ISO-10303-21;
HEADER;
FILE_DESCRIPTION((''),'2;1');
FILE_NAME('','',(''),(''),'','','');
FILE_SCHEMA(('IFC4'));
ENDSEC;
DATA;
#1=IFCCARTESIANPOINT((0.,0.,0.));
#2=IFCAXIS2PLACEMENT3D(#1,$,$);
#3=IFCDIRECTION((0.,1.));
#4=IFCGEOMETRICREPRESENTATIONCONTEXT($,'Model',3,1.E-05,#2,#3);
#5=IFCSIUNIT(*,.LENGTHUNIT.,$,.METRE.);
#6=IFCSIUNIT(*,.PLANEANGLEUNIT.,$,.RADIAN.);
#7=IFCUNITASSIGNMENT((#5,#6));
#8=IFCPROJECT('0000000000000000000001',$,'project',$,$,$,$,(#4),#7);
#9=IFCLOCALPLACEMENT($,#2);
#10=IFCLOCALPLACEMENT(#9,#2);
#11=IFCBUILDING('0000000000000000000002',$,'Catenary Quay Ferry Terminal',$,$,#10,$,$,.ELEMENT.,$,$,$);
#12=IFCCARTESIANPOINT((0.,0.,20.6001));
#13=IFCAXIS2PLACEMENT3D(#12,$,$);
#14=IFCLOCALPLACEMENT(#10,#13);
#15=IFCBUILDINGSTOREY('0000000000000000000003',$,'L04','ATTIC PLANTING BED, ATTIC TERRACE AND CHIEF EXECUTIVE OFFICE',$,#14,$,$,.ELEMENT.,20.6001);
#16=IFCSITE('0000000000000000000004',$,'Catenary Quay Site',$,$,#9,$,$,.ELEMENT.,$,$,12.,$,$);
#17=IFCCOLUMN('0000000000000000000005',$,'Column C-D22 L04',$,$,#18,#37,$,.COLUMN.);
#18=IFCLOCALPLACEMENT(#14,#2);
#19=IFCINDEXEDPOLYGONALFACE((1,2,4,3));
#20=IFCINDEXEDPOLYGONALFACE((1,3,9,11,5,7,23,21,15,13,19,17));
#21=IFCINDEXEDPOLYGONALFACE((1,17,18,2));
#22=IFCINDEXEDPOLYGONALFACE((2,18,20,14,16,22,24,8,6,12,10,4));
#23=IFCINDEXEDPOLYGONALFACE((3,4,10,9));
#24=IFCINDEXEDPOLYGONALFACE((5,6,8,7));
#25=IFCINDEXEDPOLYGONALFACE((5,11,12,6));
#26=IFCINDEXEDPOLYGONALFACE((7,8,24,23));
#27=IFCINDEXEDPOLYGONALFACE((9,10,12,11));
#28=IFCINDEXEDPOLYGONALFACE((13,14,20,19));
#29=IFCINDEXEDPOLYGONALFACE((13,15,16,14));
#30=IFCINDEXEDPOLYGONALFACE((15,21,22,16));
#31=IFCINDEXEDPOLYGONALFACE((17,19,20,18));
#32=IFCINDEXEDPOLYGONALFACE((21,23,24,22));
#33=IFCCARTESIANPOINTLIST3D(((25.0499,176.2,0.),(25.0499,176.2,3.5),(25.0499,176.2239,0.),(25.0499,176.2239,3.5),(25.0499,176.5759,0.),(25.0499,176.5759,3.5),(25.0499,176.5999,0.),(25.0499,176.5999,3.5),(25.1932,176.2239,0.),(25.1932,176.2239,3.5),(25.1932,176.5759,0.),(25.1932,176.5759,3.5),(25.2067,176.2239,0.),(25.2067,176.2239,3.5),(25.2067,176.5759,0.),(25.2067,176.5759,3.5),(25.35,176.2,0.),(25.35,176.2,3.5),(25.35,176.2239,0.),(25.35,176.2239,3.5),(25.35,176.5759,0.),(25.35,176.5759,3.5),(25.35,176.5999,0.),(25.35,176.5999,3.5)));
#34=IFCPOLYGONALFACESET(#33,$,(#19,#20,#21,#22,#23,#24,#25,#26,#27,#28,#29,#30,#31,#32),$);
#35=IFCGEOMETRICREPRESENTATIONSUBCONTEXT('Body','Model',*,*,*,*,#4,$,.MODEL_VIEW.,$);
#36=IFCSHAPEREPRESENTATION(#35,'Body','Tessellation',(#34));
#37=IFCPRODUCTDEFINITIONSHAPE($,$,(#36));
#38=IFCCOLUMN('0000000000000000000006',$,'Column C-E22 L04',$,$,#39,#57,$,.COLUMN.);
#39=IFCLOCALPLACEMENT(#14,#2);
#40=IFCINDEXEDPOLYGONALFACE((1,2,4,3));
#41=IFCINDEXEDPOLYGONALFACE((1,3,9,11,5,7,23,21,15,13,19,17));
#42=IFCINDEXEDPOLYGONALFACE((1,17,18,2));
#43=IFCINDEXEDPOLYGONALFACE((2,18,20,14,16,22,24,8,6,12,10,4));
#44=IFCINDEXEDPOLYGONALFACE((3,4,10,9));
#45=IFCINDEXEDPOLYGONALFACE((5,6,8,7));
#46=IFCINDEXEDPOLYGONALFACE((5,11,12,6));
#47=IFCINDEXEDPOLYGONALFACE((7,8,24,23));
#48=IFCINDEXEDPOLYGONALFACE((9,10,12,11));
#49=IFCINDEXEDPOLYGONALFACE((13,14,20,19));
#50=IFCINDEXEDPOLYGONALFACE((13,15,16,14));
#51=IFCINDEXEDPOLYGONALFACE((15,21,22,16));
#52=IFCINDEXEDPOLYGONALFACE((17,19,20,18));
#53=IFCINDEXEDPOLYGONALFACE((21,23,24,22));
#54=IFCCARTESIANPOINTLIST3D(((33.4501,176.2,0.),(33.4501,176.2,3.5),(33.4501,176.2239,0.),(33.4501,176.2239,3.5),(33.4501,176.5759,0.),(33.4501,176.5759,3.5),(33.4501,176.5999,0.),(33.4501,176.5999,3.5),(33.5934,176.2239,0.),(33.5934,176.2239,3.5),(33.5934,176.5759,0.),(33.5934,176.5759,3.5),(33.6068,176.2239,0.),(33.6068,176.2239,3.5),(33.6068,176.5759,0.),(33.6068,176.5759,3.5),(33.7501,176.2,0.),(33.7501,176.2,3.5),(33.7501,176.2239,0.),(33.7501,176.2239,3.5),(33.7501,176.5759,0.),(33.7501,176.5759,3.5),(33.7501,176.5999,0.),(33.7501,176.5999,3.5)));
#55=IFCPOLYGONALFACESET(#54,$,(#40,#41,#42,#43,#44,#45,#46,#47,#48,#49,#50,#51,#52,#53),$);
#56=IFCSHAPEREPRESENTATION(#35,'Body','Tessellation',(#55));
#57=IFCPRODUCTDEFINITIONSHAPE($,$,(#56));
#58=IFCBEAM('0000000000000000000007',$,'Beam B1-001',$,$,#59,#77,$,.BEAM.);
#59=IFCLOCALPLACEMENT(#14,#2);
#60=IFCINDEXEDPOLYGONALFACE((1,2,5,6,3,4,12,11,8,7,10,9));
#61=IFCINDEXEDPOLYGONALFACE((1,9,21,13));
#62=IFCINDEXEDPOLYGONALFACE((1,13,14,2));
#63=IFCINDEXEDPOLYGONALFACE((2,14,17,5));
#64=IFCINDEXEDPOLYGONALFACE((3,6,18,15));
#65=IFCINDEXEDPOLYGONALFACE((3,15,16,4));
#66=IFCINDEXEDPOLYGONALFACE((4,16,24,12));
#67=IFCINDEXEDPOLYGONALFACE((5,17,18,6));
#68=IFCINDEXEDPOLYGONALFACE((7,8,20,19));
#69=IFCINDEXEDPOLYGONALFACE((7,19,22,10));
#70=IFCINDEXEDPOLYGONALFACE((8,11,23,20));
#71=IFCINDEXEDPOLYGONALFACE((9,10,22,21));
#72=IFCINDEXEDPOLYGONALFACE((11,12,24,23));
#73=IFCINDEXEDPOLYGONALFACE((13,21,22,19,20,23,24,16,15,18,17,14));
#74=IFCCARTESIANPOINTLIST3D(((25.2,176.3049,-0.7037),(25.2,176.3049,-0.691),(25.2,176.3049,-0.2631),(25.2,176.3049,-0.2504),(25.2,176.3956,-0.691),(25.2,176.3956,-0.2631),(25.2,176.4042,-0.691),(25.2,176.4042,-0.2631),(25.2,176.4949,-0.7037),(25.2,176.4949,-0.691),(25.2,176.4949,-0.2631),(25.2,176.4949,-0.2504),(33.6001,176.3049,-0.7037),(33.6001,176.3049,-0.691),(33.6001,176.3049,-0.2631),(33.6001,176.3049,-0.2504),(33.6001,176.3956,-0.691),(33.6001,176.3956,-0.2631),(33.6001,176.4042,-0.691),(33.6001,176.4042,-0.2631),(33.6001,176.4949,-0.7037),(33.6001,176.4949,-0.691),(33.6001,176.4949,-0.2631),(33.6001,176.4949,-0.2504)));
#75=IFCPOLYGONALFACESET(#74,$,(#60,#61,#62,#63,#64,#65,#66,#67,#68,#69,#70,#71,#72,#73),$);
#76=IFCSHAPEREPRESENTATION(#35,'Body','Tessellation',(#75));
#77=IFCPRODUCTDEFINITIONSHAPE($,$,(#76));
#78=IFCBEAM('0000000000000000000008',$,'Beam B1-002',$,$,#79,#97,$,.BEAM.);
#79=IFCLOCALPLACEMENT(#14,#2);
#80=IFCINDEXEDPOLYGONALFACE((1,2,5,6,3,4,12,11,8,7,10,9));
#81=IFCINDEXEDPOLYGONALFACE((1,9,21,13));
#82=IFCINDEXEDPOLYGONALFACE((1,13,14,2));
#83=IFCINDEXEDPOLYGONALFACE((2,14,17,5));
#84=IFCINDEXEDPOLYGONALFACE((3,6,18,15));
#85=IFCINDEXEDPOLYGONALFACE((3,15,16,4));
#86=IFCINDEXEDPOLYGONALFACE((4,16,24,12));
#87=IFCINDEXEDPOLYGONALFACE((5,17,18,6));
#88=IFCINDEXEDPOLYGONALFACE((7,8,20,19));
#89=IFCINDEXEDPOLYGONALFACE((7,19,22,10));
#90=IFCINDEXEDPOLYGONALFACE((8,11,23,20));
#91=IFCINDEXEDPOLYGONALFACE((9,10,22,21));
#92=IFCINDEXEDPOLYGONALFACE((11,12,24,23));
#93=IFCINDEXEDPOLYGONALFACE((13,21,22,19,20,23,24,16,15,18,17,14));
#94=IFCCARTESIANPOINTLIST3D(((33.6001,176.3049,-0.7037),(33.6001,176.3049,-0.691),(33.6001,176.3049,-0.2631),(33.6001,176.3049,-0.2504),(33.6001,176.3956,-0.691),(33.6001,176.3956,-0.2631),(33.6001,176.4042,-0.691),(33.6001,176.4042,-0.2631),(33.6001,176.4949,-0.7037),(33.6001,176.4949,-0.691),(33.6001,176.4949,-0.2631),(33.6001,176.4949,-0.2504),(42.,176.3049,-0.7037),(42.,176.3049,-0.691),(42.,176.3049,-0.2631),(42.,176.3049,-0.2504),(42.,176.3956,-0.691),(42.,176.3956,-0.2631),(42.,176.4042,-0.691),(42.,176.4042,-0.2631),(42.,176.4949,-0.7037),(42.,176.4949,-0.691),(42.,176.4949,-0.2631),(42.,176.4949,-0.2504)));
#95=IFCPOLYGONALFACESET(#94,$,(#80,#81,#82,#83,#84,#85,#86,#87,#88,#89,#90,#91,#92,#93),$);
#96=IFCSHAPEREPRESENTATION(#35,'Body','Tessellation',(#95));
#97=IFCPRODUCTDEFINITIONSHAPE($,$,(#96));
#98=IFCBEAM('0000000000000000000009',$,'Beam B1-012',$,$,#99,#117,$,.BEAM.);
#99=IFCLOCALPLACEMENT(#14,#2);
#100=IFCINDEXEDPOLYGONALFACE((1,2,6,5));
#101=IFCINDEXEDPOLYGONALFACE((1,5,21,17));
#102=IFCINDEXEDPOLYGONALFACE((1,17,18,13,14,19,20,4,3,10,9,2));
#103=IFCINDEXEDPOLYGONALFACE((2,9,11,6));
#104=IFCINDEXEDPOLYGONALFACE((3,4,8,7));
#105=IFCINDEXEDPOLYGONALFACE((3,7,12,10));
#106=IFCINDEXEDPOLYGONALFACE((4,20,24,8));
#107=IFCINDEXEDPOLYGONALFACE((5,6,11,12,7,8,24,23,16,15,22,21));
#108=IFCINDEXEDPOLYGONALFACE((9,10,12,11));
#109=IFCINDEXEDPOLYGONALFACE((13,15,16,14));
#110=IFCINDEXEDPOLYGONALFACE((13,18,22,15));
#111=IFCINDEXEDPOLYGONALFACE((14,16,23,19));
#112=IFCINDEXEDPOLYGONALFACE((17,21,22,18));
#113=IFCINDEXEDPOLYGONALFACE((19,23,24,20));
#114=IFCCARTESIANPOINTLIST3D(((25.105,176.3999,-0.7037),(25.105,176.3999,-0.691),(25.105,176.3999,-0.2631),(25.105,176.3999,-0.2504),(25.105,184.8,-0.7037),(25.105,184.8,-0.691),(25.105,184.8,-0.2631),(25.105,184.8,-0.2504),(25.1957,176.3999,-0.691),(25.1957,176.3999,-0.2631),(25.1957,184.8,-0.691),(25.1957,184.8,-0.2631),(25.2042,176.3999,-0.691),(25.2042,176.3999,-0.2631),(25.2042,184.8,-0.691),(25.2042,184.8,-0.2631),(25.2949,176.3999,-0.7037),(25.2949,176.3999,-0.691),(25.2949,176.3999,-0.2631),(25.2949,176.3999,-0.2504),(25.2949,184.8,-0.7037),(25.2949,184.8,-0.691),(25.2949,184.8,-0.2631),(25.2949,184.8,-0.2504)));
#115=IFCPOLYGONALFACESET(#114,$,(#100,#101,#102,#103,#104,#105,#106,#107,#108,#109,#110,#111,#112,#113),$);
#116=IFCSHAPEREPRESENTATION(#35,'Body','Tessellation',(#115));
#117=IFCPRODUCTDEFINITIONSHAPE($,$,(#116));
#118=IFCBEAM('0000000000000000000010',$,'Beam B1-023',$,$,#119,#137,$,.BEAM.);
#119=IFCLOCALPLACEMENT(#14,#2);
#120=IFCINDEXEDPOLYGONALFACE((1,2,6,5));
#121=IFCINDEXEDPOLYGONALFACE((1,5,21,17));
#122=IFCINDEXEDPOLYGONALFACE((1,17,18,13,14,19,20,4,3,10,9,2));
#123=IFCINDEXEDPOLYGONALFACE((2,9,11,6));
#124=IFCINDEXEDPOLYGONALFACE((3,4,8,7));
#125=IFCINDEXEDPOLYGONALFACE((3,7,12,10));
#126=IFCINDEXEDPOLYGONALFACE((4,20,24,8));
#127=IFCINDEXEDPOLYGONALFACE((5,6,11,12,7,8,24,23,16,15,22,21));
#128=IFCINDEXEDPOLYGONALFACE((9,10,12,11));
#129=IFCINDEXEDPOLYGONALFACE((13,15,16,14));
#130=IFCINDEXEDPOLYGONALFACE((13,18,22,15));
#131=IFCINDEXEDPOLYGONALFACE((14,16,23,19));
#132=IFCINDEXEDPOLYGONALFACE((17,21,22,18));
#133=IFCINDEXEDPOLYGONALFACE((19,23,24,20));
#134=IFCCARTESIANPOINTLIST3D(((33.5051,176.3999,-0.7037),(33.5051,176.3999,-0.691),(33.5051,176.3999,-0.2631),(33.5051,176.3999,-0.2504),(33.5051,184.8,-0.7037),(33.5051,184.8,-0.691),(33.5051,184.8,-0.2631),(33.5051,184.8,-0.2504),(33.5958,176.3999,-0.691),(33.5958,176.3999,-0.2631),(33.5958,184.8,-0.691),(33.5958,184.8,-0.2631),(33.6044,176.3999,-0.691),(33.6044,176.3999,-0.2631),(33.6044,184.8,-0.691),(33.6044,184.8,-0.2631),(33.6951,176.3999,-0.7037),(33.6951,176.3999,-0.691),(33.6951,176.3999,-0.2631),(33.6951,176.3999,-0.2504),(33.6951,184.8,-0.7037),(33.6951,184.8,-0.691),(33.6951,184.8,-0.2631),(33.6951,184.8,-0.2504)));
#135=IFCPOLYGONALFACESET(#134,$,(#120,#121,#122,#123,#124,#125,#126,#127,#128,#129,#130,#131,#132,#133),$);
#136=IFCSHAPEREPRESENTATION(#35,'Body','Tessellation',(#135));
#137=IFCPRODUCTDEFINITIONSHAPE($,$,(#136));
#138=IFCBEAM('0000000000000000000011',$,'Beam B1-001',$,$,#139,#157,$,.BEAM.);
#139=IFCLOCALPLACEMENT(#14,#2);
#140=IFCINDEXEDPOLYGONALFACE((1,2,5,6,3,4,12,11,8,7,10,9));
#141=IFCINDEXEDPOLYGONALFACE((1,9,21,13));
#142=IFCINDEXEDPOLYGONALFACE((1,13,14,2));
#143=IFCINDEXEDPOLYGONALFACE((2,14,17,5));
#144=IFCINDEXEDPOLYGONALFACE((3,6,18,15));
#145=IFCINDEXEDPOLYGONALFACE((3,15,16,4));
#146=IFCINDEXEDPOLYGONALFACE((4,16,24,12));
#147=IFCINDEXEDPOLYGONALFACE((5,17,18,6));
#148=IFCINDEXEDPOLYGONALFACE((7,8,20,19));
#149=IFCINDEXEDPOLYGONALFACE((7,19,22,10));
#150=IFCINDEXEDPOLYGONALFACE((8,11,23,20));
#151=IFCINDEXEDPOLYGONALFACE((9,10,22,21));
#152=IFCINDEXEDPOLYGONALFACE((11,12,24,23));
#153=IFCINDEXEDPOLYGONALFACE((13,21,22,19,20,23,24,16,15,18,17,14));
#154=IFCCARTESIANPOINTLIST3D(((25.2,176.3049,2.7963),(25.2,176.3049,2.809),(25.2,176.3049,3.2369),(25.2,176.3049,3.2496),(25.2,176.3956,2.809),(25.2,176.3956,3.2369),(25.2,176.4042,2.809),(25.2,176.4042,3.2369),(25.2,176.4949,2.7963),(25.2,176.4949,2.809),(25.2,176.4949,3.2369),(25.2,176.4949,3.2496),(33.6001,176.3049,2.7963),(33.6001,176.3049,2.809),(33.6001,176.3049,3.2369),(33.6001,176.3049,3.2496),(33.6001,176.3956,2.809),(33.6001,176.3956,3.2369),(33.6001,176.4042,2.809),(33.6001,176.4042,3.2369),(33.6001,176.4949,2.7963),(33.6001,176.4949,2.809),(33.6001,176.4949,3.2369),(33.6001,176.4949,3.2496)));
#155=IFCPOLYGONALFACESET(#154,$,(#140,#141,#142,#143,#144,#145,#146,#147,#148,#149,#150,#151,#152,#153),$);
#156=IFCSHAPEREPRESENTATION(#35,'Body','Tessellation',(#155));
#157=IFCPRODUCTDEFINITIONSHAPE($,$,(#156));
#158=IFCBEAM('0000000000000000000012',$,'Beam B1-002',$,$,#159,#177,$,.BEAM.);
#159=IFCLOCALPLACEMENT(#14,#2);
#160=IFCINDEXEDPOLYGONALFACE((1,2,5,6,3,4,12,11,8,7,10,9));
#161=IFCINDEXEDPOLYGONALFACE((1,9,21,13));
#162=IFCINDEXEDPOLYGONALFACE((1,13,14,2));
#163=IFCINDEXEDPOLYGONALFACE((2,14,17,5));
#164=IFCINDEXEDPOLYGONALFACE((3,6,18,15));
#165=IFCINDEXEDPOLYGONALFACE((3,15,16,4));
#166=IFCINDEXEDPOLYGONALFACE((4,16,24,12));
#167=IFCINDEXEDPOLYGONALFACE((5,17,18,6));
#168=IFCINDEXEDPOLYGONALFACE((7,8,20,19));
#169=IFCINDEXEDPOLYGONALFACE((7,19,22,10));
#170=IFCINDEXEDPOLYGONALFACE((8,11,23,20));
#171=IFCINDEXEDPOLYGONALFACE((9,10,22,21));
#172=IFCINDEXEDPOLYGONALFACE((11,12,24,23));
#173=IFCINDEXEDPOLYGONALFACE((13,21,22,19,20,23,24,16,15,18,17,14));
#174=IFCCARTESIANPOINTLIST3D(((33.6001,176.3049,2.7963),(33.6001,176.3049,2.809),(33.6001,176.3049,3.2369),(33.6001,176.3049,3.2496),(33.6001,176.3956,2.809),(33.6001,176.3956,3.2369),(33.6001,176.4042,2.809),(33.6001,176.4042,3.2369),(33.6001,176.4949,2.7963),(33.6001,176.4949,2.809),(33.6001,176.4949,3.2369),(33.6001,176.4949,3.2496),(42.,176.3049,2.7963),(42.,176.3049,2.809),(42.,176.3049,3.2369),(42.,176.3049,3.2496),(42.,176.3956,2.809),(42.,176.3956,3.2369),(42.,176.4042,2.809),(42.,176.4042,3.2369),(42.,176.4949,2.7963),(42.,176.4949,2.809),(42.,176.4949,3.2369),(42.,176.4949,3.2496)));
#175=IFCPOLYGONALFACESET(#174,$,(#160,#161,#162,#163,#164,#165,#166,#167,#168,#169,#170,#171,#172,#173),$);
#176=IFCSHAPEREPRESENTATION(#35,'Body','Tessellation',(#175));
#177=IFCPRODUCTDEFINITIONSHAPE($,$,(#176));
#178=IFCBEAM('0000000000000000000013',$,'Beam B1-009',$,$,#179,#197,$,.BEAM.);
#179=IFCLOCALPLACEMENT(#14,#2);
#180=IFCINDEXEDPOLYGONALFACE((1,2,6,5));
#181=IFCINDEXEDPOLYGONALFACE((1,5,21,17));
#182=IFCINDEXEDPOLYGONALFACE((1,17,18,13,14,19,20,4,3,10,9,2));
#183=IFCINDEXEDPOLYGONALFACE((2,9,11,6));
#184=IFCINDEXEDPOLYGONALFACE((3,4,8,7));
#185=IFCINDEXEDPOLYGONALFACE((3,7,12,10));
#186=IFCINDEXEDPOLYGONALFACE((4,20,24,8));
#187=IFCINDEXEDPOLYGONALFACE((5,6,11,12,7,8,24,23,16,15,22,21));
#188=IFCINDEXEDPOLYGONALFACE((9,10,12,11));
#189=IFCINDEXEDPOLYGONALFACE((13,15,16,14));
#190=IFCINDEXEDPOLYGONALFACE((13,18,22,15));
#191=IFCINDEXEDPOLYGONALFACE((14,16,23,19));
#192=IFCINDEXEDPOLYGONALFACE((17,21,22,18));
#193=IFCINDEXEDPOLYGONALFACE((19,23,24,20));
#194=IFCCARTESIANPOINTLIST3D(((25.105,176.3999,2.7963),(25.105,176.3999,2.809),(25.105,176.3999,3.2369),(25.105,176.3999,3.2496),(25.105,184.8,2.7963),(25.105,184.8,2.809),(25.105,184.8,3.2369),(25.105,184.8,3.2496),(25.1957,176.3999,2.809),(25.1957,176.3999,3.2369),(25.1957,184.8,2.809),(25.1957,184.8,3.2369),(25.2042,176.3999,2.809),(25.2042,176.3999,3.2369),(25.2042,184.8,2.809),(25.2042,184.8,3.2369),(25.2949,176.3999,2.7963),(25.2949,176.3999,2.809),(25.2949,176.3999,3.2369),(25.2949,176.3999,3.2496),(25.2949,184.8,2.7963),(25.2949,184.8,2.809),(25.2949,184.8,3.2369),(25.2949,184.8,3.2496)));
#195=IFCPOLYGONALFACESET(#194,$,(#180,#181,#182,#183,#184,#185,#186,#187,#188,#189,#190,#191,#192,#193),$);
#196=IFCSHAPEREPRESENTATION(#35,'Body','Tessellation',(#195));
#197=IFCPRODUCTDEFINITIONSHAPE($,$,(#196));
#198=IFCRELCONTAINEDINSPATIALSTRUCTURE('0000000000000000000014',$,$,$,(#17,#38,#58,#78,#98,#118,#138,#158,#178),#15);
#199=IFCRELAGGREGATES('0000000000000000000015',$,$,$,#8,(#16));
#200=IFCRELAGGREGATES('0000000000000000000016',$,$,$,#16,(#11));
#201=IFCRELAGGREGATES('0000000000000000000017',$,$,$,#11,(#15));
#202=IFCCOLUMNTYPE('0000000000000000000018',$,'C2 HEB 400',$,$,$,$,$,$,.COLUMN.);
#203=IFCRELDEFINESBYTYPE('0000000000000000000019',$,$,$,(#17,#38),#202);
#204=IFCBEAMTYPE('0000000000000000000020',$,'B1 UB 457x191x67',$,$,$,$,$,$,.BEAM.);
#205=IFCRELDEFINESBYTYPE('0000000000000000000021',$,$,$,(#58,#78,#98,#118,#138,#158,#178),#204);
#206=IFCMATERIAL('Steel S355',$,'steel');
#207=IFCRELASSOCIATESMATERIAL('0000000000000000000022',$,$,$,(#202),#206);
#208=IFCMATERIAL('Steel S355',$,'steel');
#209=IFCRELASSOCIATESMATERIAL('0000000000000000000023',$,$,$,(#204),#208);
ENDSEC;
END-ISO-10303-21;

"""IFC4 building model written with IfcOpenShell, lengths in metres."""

from ifc_helpers import new_model, si_unit, direction, frame, origin, origin_2d, place, context, subcontext, project, spatial, i_section, extrude, material, material_profile, profile_set, type_object, element, save


model = new_model("IFC4")

# Units and contexts
model_context = context("Model", 3, precision=1e-05, world=origin(), true_north=direction((0.0, 1.0)))
body_context = subcontext(model_context, "Body", "Model", "MODEL_VIEW")
ifc_project = project(units=[si_unit("LENGTHUNIT", "METRE"), si_unit("PLANEANGLEUNIT", "RADIAN")], contexts=[model_context])

# Site, building, storey
site_placement = place(None, origin())
site = spatial("IfcSite", under=ifc_project, at=site_placement, Name="Catenary Quay Site", CompositionType="ELEMENT", RefElevation=12.0)
building_placement = place(site_placement, origin())
building = spatial("IfcBuilding", under=site, at=building_placement, Name="Catenary Quay Ferry Terminal", CompositionType="ELEMENT")
storey_placement = place(building_placement, frame((0.0, 0.0, 20.6001)))
storey = spatial("IfcBuildingStorey", under=building, at=storey_placement, Name="L04", Description="ATTIC PLANTING BED, ATTIC TERRACE AND CHIEF EXECUTIVE OFFICE", CompositionType="ELEMENT", Elevation=20.6001)

# Columns
ifc_material_1 = material(Name="Steel S355", Category="steel")
ifc_material_profile_1 = material_profile(ifc_material_1, i_section(OverallWidth=0.3, OverallDepth=0.3999, WebThickness=0.0134, FlangeThickness=0.0239, at=origin_2d()), Name="HEB 400")
ifc_profile_set_1 = profile_set([ifc_material_profile_1], Name="Steel S355")
column_type = type_object("IfcColumnType", Name="C2 HEB 400", PredefinedType="COLUMN", material=ifc_profile_set_1)
for number, where, z_axis, x_axis, name in (
    (1, (25.2, 176.3999, 0.0), (0.0, 0.0, 1.0), (1.0, 0.0, 0.0), "Column C-D22 L04"),
    (2, (33.6001, 176.3999, 0.0), (0.0, 0.0, 1.0), (1.0, 0.0, 0.0), "Column C-E22 L04"),
):
    element("IfcColumn", number, at=place(storey_placement, frame(where, z_axis=z_axis, x_axis=x_axis)), inside=storey, type_object=column_type, Name=name, PredefinedType="COLUMN", context=body_context, shape_type="SweptSolid", body=[
        extrude(i_section(OverallWidth=0.3, OverallDepth=0.3999, WebThickness=0.0134, FlangeThickness=0.0239, at=origin_2d()), origin(), (0.0, 0.0, 1.0), 3.5),
    ])

# Beams
ifc_material_2 = material(Name="Steel S355", Category="steel")
ifc_material_profile_2 = material_profile(ifc_material_2, i_section(OverallWidth=0.1899, OverallDepth=0.4534, WebThickness=0.0085, FlangeThickness=0.0127, at=origin_2d()), Name="UB 457x191x67")
ifc_profile_set_2 = profile_set([ifc_material_profile_2], Name="Steel S355")
beam_type_1 = type_object("IfcBeamType", Name="B1 UB 457x191x67", PredefinedType="BEAM", material=ifc_profile_set_2)
beam_1_placement = place(storey_placement, frame((25.2, 176.3999, -0.4771), z_axis=(1.0, 0.0, 0.0), x_axis=(0.0, 1.0, 0.0)))
element("IfcBeam", 3, at=beam_1_placement, inside=storey, type_object=beam_type_1, Name="Beam B1-001", PredefinedType="BEAM", context=body_context, shape_type="SweptSolid", body=[
    extrude(i_section(OverallWidth=0.1899, OverallDepth=0.4534, WebThickness=0.0085, FlangeThickness=0.0127, at=origin_2d()), origin(), (0.0, 0.0, 1.0), 8.4001),
])
beam_2_placement = place(storey_placement, frame((33.6001, 176.3999, -0.4771), z_axis=(1.0, 0.0, 0.0), x_axis=(0.0, 1.0, 0.0)))
element("IfcBeam", 4, at=beam_2_placement, inside=storey, type_object=beam_type_1, Name="Beam B1-002", PredefinedType="BEAM", context=body_context, shape_type="SweptSolid", body=[
    extrude(i_section(OverallWidth=0.1899, OverallDepth=0.4534, WebThickness=0.0085, FlangeThickness=0.0127, at=origin_2d()), origin(), (0.0, 0.0, 1.0), 8.3999),
])
for number, where, z_axis, x_axis, name in (
    (5, (25.2, 176.3999, -0.4771), (0.0, 1.0, 0.0), (-1.0, 0.0, 0.0), "Beam B1-012"),
    (6, (33.6001, 176.3999, -0.4771), (0.0, 1.0, 0.0), (-1.0, 0.0, 0.0), "Beam B1-023"),
    (7, (25.2, 176.3999, 3.0229), (1.0, 0.0, 0.0), (0.0, 1.0, 0.0), "Beam B1-001"),
):
    element("IfcBeam", number, at=place(storey_placement, frame(where, z_axis=z_axis, x_axis=x_axis)), inside=storey, type_object=beam_type_1, Name=name, PredefinedType="BEAM", context=body_context, shape_type="SweptSolid", body=[
        extrude(i_section(OverallWidth=0.1899, OverallDepth=0.4534, WebThickness=0.0085, FlangeThickness=0.0127, at=origin_2d()), origin(), (0.0, 0.0, 1.0), 8.4001),
    ])
beam_3_placement = place(storey_placement, frame((33.6001, 176.3999, 3.0229), z_axis=(1.0, 0.0, 0.0), x_axis=(0.0, 1.0, 0.0)))
element("IfcBeam", 8, at=beam_3_placement, inside=storey, type_object=beam_type_1, Name="Beam B1-002", PredefinedType="BEAM", context=body_context, shape_type="SweptSolid", body=[
    extrude(i_section(OverallWidth=0.1899, OverallDepth=0.4534, WebThickness=0.0085, FlangeThickness=0.0127, at=origin_2d()), origin(), (0.0, 0.0, 1.0), 8.3999),
])
for number, where, z_axis, x_axis, name in (
    (9, (25.2, 176.3999, 3.0229), (0.0, 1.0, 0.0), (-1.0, 0.0, 0.0), "Beam B1-009"),
):
    element("IfcBeam", number, at=place(storey_placement, frame(where, z_axis=z_axis, x_axis=x_axis)), inside=storey, type_object=beam_type_1, Name=name, PredefinedType="BEAM", context=body_context, shape_type="SweptSolid", body=[
        extrude(i_section(OverallWidth=0.1899, OverallDepth=0.4534, WebThickness=0.0085, FlangeThickness=0.0127, at=origin_2d()), origin(), (0.0, 0.0, 1.0), 8.4001),
    ])

save(model, "model.ifc")
